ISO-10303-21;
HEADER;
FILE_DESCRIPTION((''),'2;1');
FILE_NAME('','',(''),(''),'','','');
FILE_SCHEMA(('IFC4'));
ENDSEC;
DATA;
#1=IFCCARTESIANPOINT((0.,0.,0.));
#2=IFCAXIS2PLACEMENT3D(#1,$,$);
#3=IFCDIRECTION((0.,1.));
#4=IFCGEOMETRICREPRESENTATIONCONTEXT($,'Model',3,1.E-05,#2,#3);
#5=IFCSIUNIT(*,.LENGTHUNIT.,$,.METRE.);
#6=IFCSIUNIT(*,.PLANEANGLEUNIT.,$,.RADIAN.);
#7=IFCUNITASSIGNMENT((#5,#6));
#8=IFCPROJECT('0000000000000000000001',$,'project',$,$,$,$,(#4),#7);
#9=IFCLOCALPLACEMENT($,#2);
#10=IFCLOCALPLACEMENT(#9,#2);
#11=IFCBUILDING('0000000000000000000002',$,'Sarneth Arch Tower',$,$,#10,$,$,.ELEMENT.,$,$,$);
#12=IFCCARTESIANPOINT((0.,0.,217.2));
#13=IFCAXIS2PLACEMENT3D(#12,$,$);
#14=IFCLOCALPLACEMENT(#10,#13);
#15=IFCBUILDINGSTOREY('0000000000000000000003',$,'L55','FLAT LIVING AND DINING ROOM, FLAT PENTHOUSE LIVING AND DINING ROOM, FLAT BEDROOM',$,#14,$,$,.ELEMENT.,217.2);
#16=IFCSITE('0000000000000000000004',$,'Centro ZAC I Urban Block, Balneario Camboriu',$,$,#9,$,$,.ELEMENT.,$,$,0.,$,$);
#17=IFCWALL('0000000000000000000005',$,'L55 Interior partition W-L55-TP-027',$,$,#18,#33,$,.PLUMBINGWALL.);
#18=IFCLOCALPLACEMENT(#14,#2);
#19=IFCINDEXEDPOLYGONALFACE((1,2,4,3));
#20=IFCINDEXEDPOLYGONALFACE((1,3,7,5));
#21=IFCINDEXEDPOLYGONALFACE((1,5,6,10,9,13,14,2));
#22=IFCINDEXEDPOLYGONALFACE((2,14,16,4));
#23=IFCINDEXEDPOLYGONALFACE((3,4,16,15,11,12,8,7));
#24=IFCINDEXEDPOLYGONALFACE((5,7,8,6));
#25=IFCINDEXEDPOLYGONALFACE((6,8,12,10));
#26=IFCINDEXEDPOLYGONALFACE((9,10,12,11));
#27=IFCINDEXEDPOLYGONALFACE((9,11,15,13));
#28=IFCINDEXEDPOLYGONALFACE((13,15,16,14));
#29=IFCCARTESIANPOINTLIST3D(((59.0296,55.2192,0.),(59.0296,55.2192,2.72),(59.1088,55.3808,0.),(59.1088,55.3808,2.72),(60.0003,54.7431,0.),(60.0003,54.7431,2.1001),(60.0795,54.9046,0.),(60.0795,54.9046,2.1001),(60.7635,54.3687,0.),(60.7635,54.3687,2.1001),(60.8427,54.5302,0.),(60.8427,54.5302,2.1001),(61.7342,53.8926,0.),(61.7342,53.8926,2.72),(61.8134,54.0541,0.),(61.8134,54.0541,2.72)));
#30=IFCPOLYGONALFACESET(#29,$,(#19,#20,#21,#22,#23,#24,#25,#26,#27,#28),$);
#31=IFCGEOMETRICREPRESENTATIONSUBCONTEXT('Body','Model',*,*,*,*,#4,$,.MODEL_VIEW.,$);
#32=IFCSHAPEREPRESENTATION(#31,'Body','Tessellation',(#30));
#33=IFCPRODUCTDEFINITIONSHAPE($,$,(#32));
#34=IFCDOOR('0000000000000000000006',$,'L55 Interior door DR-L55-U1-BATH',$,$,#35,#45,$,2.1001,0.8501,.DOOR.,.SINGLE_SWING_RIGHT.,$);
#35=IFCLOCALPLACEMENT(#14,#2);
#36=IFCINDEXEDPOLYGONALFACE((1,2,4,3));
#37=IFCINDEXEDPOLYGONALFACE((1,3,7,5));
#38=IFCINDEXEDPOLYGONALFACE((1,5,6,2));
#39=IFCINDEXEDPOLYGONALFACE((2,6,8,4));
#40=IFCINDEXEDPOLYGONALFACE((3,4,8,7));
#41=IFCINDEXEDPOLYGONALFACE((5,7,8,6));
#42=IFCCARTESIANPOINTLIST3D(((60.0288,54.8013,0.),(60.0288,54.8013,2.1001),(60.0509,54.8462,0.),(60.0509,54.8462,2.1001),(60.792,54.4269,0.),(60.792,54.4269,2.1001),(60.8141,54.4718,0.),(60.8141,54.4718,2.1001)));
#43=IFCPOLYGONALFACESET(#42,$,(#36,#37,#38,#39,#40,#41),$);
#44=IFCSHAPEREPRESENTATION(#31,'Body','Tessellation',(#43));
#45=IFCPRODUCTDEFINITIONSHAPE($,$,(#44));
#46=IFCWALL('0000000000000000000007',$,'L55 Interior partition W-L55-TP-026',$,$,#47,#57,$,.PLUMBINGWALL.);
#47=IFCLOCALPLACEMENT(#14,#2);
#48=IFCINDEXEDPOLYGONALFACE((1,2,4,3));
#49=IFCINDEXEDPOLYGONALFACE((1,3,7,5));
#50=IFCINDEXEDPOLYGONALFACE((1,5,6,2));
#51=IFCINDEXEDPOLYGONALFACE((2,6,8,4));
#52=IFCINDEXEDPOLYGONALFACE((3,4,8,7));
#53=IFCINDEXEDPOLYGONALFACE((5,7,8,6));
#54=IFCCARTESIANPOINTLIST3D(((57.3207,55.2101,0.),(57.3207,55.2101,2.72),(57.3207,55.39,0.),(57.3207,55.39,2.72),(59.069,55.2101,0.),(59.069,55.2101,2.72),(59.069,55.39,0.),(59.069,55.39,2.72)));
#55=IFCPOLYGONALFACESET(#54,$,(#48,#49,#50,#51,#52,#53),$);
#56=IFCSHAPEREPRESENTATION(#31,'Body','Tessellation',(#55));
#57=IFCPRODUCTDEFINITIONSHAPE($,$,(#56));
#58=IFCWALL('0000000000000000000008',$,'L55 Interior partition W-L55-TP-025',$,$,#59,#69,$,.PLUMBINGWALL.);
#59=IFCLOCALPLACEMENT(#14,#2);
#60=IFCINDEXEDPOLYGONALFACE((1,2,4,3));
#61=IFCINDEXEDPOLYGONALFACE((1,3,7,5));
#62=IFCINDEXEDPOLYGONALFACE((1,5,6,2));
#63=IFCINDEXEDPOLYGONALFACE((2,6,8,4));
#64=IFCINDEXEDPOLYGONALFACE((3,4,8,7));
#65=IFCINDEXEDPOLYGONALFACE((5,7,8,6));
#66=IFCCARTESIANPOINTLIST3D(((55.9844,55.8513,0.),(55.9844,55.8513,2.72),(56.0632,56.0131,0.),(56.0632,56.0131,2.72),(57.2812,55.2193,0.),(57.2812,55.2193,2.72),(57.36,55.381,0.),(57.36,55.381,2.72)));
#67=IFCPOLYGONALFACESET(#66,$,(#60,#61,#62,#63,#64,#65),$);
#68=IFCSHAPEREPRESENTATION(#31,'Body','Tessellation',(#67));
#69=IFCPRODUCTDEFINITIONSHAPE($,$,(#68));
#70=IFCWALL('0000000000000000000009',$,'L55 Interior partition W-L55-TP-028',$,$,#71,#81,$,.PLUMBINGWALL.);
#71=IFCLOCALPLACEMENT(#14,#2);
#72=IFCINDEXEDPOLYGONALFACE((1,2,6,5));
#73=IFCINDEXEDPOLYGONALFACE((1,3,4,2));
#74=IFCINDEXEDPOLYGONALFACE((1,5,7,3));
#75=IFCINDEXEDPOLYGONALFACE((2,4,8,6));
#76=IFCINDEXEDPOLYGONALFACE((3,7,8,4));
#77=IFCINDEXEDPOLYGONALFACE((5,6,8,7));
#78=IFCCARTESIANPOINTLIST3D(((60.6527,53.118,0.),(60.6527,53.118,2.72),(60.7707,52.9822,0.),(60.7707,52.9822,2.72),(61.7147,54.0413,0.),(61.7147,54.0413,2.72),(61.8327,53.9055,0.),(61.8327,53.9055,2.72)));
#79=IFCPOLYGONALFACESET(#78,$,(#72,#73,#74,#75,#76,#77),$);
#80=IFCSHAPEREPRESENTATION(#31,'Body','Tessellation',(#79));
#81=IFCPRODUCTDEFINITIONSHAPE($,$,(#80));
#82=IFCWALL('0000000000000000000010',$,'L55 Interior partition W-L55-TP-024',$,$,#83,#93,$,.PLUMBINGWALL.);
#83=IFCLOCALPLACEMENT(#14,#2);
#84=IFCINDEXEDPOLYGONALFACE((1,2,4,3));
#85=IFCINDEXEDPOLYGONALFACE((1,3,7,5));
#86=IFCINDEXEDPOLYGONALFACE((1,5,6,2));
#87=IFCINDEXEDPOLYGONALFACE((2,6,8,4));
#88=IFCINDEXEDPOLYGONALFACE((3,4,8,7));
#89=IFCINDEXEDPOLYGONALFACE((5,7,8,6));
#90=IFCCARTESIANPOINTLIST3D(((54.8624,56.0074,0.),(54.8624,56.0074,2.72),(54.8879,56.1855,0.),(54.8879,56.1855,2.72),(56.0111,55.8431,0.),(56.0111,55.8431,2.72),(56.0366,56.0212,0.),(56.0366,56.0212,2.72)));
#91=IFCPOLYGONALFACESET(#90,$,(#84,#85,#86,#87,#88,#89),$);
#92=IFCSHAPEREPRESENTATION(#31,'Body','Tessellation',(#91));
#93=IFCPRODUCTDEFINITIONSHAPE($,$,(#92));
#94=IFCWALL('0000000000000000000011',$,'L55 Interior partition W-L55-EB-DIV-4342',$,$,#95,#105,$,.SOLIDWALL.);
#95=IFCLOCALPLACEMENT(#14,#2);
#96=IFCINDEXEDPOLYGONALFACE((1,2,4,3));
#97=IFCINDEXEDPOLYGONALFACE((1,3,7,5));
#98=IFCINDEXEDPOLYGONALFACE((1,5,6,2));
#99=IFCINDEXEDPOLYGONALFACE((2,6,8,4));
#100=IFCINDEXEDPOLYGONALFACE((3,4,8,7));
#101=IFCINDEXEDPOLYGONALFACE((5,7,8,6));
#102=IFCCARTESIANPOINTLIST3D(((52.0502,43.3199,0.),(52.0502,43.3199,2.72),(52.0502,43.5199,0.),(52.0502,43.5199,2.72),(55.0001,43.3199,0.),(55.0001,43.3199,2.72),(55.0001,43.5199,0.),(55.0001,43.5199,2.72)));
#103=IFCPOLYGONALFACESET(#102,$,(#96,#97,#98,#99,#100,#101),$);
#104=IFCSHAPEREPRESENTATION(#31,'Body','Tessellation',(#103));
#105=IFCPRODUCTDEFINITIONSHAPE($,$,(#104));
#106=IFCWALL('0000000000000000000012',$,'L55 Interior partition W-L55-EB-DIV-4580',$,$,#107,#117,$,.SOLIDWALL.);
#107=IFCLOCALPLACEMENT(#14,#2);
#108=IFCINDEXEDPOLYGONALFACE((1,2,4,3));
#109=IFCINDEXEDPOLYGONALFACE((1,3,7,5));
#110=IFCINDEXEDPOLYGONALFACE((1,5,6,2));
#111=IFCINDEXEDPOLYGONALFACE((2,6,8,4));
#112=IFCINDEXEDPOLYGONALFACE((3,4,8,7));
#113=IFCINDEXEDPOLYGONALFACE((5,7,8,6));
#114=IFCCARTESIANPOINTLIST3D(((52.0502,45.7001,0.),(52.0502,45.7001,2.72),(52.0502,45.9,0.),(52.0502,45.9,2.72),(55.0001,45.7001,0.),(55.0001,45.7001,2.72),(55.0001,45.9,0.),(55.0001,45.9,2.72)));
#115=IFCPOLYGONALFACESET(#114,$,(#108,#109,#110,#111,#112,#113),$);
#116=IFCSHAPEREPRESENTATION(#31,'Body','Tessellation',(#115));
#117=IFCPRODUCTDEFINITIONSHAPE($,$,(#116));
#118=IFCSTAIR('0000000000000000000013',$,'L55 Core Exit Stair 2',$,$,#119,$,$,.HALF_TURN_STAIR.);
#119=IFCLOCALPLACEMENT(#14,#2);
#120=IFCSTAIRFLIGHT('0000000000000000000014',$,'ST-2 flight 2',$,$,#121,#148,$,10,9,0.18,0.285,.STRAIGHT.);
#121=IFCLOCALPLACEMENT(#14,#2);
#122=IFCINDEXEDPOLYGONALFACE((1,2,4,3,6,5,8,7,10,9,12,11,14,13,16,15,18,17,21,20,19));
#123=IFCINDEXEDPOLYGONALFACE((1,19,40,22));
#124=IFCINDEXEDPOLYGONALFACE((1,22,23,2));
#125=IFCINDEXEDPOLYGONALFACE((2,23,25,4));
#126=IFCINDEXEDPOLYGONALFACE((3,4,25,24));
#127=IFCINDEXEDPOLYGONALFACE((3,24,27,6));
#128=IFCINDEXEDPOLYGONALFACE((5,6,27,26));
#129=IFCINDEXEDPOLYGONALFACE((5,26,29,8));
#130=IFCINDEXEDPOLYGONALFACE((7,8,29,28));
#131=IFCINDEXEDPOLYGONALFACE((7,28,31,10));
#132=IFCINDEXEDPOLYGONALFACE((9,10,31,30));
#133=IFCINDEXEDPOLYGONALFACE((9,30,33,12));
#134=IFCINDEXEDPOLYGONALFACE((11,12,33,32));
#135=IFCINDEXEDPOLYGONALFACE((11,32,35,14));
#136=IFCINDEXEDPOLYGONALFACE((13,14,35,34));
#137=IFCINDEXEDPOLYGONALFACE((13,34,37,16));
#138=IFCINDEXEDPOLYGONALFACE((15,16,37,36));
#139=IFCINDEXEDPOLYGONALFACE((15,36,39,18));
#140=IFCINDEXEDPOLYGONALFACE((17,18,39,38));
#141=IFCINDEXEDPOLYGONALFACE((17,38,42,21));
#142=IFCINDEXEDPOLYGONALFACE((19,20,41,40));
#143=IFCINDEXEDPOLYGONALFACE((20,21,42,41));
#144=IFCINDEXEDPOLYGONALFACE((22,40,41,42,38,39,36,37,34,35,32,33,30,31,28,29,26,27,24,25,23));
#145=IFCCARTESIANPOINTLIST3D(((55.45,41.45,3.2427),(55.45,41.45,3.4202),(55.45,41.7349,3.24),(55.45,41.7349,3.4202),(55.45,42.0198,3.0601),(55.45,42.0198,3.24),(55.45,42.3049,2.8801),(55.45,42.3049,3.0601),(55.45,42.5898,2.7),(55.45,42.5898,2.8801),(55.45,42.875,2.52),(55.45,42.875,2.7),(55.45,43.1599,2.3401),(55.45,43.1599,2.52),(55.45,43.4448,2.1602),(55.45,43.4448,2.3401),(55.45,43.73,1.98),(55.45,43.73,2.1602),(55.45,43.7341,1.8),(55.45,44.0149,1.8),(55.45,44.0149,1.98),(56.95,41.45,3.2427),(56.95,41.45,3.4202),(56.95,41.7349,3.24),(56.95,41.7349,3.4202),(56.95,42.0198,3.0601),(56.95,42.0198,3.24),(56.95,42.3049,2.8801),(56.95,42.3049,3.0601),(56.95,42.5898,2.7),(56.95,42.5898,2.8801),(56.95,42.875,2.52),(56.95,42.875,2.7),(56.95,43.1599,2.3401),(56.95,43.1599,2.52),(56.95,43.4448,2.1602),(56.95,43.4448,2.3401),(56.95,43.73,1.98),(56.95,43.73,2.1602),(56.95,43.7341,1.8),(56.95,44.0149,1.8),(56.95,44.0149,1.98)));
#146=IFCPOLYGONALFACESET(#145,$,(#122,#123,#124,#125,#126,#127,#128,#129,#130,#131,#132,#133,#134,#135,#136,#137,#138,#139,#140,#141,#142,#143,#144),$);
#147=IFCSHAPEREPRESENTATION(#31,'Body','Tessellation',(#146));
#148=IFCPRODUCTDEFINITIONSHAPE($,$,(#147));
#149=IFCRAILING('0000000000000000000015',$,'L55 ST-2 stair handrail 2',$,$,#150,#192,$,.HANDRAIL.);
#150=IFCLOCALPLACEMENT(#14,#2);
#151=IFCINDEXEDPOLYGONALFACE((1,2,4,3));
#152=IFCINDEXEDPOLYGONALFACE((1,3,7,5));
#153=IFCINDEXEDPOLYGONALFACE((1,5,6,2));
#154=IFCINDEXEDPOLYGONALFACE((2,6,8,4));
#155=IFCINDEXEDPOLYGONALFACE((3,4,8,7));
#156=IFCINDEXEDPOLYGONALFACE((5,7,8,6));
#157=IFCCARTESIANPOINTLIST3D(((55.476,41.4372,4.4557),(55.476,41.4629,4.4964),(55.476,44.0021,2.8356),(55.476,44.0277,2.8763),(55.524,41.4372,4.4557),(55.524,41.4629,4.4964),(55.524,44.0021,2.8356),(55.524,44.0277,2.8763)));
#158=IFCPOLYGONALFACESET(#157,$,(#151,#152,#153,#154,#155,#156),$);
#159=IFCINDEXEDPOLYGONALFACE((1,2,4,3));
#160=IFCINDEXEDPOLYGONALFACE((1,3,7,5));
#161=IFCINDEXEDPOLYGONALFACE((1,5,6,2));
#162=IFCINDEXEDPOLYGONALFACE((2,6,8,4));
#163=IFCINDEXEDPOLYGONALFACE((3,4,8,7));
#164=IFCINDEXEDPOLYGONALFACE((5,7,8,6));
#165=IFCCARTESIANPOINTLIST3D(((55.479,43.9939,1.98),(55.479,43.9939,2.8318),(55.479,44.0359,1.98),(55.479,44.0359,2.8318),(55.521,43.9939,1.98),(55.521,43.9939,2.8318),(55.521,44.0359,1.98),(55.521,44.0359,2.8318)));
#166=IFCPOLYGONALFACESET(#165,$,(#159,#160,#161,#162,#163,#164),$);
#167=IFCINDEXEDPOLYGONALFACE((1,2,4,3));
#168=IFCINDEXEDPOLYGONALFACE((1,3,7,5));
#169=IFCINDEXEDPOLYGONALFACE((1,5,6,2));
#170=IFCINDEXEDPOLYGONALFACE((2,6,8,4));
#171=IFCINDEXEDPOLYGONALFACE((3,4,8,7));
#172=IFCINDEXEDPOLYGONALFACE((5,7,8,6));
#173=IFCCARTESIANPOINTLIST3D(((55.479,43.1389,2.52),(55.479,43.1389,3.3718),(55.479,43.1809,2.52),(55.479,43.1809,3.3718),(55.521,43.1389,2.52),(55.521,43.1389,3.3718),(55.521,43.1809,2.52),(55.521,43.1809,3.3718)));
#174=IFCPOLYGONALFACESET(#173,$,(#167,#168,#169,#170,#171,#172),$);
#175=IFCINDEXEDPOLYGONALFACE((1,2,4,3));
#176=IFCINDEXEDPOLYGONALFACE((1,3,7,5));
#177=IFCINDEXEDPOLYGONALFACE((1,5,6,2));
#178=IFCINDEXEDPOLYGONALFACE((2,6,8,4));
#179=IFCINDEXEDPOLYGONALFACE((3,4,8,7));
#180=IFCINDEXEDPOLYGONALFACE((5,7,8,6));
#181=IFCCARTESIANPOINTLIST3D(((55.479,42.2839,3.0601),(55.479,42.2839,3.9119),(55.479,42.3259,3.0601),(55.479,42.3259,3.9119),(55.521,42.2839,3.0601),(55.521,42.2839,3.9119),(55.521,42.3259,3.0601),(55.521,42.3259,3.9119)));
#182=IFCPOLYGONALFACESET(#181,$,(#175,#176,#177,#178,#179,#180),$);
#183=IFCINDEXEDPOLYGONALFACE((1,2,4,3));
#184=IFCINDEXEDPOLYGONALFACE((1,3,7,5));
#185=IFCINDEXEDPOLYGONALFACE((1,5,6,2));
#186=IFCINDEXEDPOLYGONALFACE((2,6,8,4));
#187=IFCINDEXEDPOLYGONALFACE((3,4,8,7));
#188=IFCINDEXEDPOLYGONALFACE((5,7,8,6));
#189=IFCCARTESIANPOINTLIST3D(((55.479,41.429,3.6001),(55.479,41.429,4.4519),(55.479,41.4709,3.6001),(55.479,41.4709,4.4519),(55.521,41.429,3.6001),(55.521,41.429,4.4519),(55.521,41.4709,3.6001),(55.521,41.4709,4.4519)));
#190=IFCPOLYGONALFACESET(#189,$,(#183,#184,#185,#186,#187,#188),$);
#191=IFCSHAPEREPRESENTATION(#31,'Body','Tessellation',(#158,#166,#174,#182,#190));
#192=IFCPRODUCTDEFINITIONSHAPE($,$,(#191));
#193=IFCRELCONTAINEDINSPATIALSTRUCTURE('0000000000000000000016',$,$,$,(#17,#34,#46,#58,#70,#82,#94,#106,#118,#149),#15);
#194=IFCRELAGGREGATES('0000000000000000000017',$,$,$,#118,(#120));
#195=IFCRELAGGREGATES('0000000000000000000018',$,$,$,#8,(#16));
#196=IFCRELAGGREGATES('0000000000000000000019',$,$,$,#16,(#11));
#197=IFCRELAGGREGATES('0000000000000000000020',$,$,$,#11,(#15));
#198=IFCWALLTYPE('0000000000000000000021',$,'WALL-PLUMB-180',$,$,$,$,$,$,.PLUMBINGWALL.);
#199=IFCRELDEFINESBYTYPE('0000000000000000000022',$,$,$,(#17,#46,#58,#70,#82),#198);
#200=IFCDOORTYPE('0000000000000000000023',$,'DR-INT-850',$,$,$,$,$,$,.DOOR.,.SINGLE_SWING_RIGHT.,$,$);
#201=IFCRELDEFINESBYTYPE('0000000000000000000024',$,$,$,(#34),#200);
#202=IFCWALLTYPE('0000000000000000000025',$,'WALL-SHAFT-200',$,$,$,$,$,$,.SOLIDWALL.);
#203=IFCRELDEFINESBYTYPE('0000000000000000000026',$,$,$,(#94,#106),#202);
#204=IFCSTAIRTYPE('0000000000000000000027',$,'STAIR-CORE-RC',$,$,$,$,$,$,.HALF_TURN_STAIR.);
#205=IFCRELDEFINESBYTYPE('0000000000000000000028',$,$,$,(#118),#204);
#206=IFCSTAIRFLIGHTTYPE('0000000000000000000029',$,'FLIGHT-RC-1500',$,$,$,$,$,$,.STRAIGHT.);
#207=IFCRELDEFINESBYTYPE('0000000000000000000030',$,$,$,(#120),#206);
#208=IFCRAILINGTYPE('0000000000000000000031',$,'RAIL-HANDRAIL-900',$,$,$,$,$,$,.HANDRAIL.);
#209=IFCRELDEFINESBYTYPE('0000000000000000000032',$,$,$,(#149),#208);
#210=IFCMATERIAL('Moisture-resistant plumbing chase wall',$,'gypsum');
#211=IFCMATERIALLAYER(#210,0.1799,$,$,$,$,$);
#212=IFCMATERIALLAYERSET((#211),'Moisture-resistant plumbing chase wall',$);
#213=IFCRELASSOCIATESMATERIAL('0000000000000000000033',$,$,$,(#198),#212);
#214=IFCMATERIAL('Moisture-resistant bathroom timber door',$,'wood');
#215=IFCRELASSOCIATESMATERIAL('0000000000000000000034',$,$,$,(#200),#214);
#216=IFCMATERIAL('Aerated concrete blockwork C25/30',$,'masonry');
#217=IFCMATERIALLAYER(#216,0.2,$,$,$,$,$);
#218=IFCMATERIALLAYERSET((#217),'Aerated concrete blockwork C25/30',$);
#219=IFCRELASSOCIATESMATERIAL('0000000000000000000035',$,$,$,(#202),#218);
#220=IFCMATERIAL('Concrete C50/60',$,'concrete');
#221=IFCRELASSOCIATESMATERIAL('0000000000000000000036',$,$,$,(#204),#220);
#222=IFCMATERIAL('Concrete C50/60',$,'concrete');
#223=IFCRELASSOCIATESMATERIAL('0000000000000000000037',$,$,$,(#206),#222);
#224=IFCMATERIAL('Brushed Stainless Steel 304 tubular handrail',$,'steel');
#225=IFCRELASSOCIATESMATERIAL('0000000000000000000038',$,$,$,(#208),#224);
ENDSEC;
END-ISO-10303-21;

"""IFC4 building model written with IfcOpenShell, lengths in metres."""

from ifc_helpers import new_model, si_unit, direction, frame, frame_2d, origin, origin_2d, place, context, subcontext, project, spatial, polyline, rectangle, outline, extrude, material, layer, layer_set, type_object, element, fill, aggregate, save


model = new_model("IFC4")

# Units and contexts
model_context = context("Model", 3, precision=1e-05, world=origin(), true_north=direction((0.0, 1.0)))
body_context = subcontext(model_context, "Body", "Model", "MODEL_VIEW")
ifc_project = project(units=[si_unit("LENGTHUNIT", "METRE"), si_unit("PLANEANGLEUNIT", "RADIAN")], contexts=[model_context])

# Site, building, storey
site_placement = place(None, origin())
site = spatial("IfcSite", under=ifc_project, at=site_placement, Name="Centro ZAC I Urban Block, Balneario Camboriu", CompositionType="ELEMENT", RefElevation=0.0)
building_placement = place(site_placement, origin())
building = spatial("IfcBuilding", under=site, at=building_placement, Name="Sarneth Arch Tower", CompositionType="ELEMENT")
storey_placement = place(building_placement, frame((0.0, 0.0, 217.2)))
storey = spatial("IfcBuildingStorey", under=building, at=storey_placement, Name="L55", Description="FLAT LIVING AND DINING ROOM, FLAT PENTHOUSE LIVING AND DINING ROOM, FLAT BEDROOM", CompositionType="ELEMENT", Elevation=217.2)

# Shared definitions
ifc_material_1 = material(Name="Moisture-resistant plumbing chase wall", Category="gypsum")
ifc_layer_1 = layer(ifc_material_1, 0.1799)
ifc_layer_set_1 = layer_set([ifc_layer_1], Name="Moisture-resistant plumbing chase wall")
wall_type_1 = type_object("IfcWallType", Name="WALL-PLUMB-180", PredefinedType="PLUMBINGWALL", material=ifc_layer_set_1)

# Wall, opening, door
wall_1_placement = place(storey_placement, frame((59.0691, 55.3, 0.0), z_axis=(0.0, 0.0, 1.0), x_axis=(0.897805, -0.440393, 0.0)))
wall_1 = element("IfcWall", 1, at=wall_1_placement, inside=storey, type_object=wall_type_1, Name="L55 Interior partition W-L55-TP-027", PredefinedType="PLUMBINGWALL", context=body_context, shape_type="SweptSolid", body=[
    extrude(rectangle(XDim=3.0125, YDim=0.1799, at=frame_2d((1.5063, 0.0))), origin(), (0.0, 0.0, 1.0), 2.72),
])
opening_1_placement = place(wall_1_placement, frame((1.0813, 0.0, 0.0)))
opening_1 = element("IfcOpeningElement", 2, at=opening_1_placement, cuts=wall_1, PredefinedType="OPENING", context=body_context, shape_type="SweptSolid", body=[
    extrude(rectangle(XDim=0.8501, YDim=2.1001, at=frame_2d((0.425, 1.05))), frame((0.0, 0.0999, 0.0), z_axis=(0.0, -1.0, 0.0), x_axis=(1.0, 0.0, 0.0)), (0.0, 0.0, 1.0), 0.2),
])
ifc_material_2 = material(Name="Moisture-resistant bathroom timber door", Category="wood")
door_type_1 = type_object("IfcDoorType", Name="DR-INT-850", OperationType="SINGLE_SWING_RIGHT", PredefinedType="DOOR", material=ifc_material_2)
door_1_placement = place(opening_1_placement, origin())
door_1 = element("IfcDoor", 3, at=door_1_placement, inside=storey, type_object=door_type_1, Name="L55 Interior door DR-L55-U1-BATH", OperationType="SINGLE_SWING_RIGHT", OverallHeight=2.1001, OverallWidth=0.8501, PredefinedType="DOOR", context=body_context, shape_type="SweptSolid", body=[
    extrude(rectangle(XDim=0.8501, YDim=2.1001, at=frame_2d((0.425, 1.05))), frame((0.0, 0.0249, 0.0), z_axis=(0.0, -1.0, 0.0), x_axis=(1.0, 0.0, 0.0)), (0.0, 0.0, 1.0), 0.05),
])
fill(opening_1, door_1)

# Walls
wall_2_placement = place(storey_placement, frame((57.3208, 55.3, 0.0), z_axis=(0.0, 0.0, 1.0), x_axis=(1.0, 0.0, 0.0)))
element("IfcWall", 4, at=wall_2_placement, inside=storey, type_object=wall_type_1, Name="L55 Interior partition W-L55-TP-026", PredefinedType="PLUMBINGWALL", context=body_context, shape_type="SweptSolid", body=[
    extrude(rectangle(XDim=1.7483, YDim=0.1799, at=frame_2d((0.874, 0.0))), origin(), (0.0, 0.0, 1.0), 2.72),
])
wall_3_placement = place(storey_placement, frame((56.0239, 55.9321, 0.0), z_axis=(0.0, 0.0, 1.0), x_axis=(0.898916, -0.43812, 0.0)))
element("IfcWall", 5, at=wall_3_placement, inside=storey, type_object=wall_type_1, Name="L55 Interior partition W-L55-TP-025", PredefinedType="PLUMBINGWALL", context=body_context, shape_type="SweptSolid", body=[
    extrude(rectangle(XDim=1.4426, YDim=0.1799, at=frame_2d((0.7212, 0.0))), origin(), (0.0, 0.0, 1.0), 2.72),
])
wall_4_placement = place(storey_placement, frame((61.7737, 53.9734, 0.0), z_axis=(0.0, 0.0, 1.0), x_axis=(-0.754658, -0.656119, 0.0)))
element("IfcWall", 6, at=wall_4_placement, inside=storey, type_object=wall_type_1, Name="L55 Interior partition W-L55-TP-028", PredefinedType="PLUMBINGWALL", context=body_context, shape_type="SweptSolid", body=[
    extrude(rectangle(XDim=1.4072, YDim=0.1799, at=frame_2d((0.7036, 0.0))), origin(), (0.0, 0.0, 1.0), 2.72),
])
wall_5_placement = place(storey_placement, frame((54.8752, 56.0964, 0.0), z_axis=(0.0, 0.0, 1.0), x_axis=(0.989924, -0.141598, 0.0)))
element("IfcWall", 7, at=wall_5_placement, inside=storey, type_object=wall_type_1, Name="L55 Interior partition W-L55-TP-024", PredefinedType="PLUMBINGWALL", context=body_context, shape_type="SweptSolid", body=[
    extrude(rectangle(XDim=1.1604, YDim=0.1799, at=frame_2d((0.5801, 0.0))), origin(), (0.0, 0.0, 1.0), 2.72),
])
ifc_material_3 = material(Name="Aerated concrete blockwork C25/30", Category="masonry")
ifc_layer_2 = layer(ifc_material_3, 0.2)
ifc_layer_set_2 = layer_set([ifc_layer_2], Name="Aerated concrete blockwork C25/30")
wall_type_2 = type_object("IfcWallType", Name="WALL-SHAFT-200", PredefinedType="SOLIDWALL", material=ifc_layer_set_2)
for number, where, z_axis, x_axis, name in (
    (8, (52.05, 43.4199, 0.0), (0.0, 0.0, 1.0), (1.0, 0.0, 0.0), "L55 Interior partition W-L55-EB-DIV-4342"),
    (9, (52.05, 45.8, 0.0), (0.0, 0.0, 1.0), (1.0, 0.0, 0.0), "L55 Interior partition W-L55-EB-DIV-4580"),
):
    element("IfcWall", number, at=place(storey_placement, frame(where, z_axis=z_axis, x_axis=x_axis)), inside=storey, type_object=wall_type_2, Name=name, PredefinedType="SOLIDWALL", context=body_context, shape_type="SweptSolid", body=[
        extrude(rectangle(XDim=2.95, YDim=0.2, at=frame_2d((1.4751, 0.0))), origin(), (0.0, 0.0, 1.0), 2.72),
    ])

# Stair, stair flight
ifc_material_4 = material(Name="Concrete C50/60", Category="concrete")
stair_type = type_object("IfcStairType", Name="STAIR-CORE-RC", PredefinedType="HALF_TURN_STAIR", material=ifc_material_4)
stair_placement = place(storey_placement, origin())
stair = element("IfcStair", 10, at=stair_placement, inside=storey, type_object=stair_type, Name="L55 Core Exit Stair 2", PredefinedType="HALF_TURN_STAIR")
ifc_material_5 = material(Name="Concrete C50/60", Category="concrete")
stair_flight_type = type_object("IfcStairFlightType", Name="FLIGHT-RC-1500", PredefinedType="STRAIGHT", material=ifc_material_5)
stair_flight_placement = place(storey_placement, frame((56.2, 44.0149, 1.8), z_axis=(0.0, 0.0, 1.0), x_axis=(0.0, -1.0, 0.0)))
stair_flight = element("IfcStairFlight", 11, at=stair_flight_placement, type_object=stair_flight_type, Name="ST-2 flight 2", NumberOfRisers=10, NumberOfTreads=9, PredefinedType="STRAIGHT", RiserHeight=0.18, TreadLength=0.285, context=body_context, shape_type="SweptSolid", body=[
    extrude(outline(polyline([(0.0, 0.0), (0.0, 0.1799), (0.2849, 0.1799), (0.2849, 0.3601), (0.5701, 0.3601), (0.5701, 0.54), (0.855, 0.54), (0.855, 0.72), (1.1399, 0.72), (1.1399, 0.8999), (1.425, 0.8999), (1.425, 1.0801), (1.71, 1.0801), (1.71, 1.26), (1.9951, 1.26), (1.9951, 1.4399), (2.28, 1.4399), (2.28, 1.6201), (2.5649, 1.6201), (2.5649, 1.8), (2.5649, 1.4426), (0.2808, 0.0), (0.0, 0.0)])), frame((0.0, 0.75, 0.0), z_axis=(0.0, -1.0, 0.0), x_axis=(1.0, 0.0, 0.0)), (0.0, 0.0, 1.0), 1.5),
])
aggregate(stair, [stair_flight])

# Railing
ifc_material_6 = material(Name="Brushed Stainless Steel 304 tubular handrail", Category="steel")
railing_type_1 = type_object("IfcRailingType", Name="RAIL-HANDRAIL-900", PredefinedType="HANDRAIL", material=ifc_material_6)
railing_1_placement = place(storey_placement, frame((55.5, 44.0149, 1.98)))
element("IfcRailing", 12, at=railing_1_placement, inside=storey, type_object=railing_type_1, Name="L55 ST-2 stair handrail 2", PredefinedType="HANDRAIL", context=body_context, shape_type="SweptSolid", body=[
    extrude(rectangle(XDim=0.0481, YDim=0.0481, at=origin_2d()), frame((0.0, 0.0, 0.876), z_axis=(0.0, -0.845466, 0.534029), x_axis=(1.0, 0.0, 0.0)), (0.0, 0.0, 1.0), 3.0337),
    extrude(rectangle(XDim=0.042, YDim=0.042, at=origin_2d()), origin(), (0.0, 0.0, 1.0), 0.8518),
    extrude(rectangle(XDim=0.042, YDim=0.042, at=origin_2d()), frame((0.0, -0.855, 0.54)), (0.0, 0.0, 1.0), 0.8518),
    extrude(rectangle(XDim=0.042, YDim=0.042, at=origin_2d()), frame((0.0, -1.71, 1.0801)), (0.0, 0.0, 1.0), 0.8518),
    extrude(rectangle(XDim=0.042, YDim=0.042, at=origin_2d()), frame((0.0, -2.5649, 1.6201)), (0.0, 0.0, 1.0), 0.8518),
])

save(model, "model.ifc")
